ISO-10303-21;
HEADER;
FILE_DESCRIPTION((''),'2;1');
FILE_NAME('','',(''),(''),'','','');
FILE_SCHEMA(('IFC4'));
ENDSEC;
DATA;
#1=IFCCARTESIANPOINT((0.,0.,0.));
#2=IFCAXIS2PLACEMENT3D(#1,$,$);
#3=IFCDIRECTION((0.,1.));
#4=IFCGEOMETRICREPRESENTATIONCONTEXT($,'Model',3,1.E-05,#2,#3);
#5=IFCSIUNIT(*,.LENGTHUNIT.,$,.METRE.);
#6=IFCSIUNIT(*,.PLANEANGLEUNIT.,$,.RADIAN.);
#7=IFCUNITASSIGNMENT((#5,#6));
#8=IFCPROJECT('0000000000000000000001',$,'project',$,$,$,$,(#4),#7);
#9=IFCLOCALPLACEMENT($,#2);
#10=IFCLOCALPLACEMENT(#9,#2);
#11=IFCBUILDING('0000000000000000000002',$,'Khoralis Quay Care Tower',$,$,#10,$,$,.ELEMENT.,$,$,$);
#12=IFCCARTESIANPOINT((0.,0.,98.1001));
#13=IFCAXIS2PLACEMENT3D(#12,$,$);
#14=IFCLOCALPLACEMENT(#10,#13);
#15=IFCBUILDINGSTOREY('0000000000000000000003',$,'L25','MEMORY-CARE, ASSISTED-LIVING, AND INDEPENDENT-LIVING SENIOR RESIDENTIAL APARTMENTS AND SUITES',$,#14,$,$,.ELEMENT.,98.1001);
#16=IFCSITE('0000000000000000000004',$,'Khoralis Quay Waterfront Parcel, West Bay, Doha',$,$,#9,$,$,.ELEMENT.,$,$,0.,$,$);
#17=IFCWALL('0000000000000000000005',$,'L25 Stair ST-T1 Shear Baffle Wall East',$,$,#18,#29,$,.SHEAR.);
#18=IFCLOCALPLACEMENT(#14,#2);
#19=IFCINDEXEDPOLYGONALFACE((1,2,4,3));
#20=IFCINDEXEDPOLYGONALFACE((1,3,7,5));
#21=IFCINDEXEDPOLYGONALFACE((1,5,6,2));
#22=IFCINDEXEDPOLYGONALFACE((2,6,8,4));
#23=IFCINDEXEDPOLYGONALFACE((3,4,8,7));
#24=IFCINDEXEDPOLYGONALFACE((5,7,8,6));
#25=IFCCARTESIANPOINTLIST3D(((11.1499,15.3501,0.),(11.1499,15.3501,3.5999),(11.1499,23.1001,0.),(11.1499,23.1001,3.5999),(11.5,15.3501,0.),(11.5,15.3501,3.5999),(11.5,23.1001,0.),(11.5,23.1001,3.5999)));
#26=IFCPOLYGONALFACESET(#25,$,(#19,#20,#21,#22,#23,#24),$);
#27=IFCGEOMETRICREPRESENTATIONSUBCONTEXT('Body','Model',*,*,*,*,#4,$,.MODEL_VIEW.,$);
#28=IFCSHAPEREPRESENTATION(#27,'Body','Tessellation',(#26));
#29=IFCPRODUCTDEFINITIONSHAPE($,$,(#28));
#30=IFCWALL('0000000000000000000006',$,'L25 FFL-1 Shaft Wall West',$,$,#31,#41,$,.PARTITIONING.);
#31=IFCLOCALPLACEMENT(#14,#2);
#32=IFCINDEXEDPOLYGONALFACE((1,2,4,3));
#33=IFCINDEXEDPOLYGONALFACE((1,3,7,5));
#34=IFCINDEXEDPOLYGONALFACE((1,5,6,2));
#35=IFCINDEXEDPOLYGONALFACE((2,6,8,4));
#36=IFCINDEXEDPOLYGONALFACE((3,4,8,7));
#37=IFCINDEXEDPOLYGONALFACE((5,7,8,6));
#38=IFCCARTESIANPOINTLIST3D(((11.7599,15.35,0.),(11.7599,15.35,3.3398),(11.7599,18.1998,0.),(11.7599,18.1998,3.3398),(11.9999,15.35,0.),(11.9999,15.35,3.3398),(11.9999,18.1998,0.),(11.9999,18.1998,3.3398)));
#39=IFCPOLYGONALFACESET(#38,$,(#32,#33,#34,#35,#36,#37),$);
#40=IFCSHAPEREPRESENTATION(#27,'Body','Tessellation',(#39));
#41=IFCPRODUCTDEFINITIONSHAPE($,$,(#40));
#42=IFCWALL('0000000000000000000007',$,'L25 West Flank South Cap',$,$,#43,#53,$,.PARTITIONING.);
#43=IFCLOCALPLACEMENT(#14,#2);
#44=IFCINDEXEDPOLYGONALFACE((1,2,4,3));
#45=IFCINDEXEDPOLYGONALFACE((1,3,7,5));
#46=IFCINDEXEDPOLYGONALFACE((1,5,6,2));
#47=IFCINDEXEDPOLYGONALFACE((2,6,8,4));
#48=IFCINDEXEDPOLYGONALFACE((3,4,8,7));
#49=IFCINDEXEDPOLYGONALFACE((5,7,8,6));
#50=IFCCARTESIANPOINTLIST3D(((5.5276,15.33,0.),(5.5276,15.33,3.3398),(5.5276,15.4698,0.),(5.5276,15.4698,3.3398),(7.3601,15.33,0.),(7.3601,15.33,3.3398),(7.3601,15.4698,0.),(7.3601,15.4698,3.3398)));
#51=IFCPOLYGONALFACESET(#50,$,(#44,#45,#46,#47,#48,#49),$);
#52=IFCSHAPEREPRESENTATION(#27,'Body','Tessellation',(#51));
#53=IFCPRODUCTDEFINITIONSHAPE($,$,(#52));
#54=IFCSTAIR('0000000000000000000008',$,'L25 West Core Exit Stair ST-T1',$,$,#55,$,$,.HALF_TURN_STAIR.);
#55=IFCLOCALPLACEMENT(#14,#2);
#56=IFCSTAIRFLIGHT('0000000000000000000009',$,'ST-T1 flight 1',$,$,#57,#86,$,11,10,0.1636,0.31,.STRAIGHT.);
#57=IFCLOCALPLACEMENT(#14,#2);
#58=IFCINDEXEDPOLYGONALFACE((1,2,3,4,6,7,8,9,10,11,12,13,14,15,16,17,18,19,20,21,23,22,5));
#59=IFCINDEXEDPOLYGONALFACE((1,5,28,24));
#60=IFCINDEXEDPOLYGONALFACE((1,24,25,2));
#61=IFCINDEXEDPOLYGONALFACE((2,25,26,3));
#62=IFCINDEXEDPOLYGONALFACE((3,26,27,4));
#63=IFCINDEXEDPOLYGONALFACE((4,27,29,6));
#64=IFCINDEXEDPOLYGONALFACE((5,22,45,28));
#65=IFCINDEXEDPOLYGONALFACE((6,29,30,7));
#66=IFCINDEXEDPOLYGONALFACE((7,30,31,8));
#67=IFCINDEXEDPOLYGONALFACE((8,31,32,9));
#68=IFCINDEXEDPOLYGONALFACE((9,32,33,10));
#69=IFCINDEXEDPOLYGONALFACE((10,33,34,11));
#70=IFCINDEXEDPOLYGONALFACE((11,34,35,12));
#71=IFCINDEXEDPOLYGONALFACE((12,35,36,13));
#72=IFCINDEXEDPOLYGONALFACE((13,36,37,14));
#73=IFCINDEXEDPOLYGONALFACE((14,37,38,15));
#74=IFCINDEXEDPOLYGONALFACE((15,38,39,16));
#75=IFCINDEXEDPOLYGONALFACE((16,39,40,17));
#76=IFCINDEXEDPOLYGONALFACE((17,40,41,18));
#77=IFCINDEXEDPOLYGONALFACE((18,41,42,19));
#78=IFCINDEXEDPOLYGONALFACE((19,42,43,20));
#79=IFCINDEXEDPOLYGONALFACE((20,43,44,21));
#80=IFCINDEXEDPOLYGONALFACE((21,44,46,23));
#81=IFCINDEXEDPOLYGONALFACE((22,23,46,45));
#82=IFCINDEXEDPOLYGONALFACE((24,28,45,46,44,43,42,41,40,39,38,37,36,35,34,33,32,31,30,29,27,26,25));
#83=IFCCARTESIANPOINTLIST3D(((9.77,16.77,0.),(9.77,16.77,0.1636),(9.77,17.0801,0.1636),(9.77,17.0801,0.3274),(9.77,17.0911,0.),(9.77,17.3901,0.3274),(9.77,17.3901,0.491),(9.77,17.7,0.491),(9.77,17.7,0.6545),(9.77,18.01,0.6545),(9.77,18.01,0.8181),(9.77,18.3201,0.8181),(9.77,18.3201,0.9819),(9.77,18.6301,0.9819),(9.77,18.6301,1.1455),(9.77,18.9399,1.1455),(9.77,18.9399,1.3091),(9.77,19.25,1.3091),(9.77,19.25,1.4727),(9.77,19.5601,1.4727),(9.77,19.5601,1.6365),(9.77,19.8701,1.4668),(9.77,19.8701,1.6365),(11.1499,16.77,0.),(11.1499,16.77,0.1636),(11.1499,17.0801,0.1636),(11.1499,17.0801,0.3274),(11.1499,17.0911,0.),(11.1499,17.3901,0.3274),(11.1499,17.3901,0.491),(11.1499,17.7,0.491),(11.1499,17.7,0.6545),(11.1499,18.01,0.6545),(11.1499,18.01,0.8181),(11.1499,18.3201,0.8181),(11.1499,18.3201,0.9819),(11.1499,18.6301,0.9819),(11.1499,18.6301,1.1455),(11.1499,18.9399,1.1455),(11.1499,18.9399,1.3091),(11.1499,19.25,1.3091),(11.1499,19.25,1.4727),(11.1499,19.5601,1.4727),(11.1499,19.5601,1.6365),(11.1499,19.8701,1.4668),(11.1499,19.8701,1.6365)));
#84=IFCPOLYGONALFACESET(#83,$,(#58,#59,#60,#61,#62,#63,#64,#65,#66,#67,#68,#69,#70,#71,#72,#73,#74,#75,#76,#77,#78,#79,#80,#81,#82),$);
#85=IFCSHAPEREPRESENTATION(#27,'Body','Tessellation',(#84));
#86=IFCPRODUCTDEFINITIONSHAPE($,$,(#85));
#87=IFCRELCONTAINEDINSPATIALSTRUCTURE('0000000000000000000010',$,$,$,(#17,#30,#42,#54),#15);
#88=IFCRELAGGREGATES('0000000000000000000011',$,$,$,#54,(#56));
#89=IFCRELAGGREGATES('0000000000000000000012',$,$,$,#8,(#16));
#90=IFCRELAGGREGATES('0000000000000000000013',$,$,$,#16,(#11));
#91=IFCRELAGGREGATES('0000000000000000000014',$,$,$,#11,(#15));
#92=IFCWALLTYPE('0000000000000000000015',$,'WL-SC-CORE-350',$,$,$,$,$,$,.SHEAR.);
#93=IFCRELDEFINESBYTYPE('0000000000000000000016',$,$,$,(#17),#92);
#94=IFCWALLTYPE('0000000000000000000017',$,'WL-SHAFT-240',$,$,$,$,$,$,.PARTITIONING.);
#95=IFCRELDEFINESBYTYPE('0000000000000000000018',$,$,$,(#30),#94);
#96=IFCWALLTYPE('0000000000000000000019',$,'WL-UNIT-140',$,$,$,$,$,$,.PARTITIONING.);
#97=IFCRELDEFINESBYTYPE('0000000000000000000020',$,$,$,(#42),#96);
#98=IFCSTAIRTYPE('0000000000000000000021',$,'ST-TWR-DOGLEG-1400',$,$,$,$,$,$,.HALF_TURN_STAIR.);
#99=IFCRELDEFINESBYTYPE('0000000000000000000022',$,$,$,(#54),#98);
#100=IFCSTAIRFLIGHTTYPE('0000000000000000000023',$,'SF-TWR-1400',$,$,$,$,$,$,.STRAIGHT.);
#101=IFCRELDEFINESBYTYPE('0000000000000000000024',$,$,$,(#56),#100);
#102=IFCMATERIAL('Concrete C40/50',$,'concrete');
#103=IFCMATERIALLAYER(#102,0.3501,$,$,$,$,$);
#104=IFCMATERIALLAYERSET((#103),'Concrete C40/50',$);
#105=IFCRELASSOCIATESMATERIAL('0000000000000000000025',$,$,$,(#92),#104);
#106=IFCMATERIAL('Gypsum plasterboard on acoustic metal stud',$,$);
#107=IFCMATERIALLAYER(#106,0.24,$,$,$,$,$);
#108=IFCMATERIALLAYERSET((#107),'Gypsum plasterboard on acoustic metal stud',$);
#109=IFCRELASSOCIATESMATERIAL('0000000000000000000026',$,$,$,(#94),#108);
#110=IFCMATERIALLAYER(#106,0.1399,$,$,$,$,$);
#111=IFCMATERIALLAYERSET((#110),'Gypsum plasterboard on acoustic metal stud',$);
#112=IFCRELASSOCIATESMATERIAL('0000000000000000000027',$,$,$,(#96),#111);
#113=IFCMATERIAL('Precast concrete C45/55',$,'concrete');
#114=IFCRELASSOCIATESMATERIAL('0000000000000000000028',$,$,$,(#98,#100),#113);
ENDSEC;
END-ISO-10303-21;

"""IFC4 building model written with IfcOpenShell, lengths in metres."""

from ifc_helpers import new_model, si_unit, direction, frame, frame_2d, origin, place, context, subcontext, project, spatial, polyline, rectangle, outline, extrude, source, transform, mapped, material, layer, layer_set, type_object, element, aggregate, save


model = new_model("IFC4")

# Units and contexts
model_context = context("Model", 3, precision=1e-05, world=origin(), true_north=direction((0.0, 1.0)))
body_context = subcontext(model_context, "Body", "Model", "MODEL_VIEW")
ifc_project = project(units=[si_unit("LENGTHUNIT", "METRE"), si_unit("PLANEANGLEUNIT", "RADIAN")], contexts=[model_context])

# Site, building, storey
site_placement = place(None, origin())
site = spatial("IfcSite", under=ifc_project, at=site_placement, Name="Khoralis Quay Waterfront Parcel, West Bay, Doha", CompositionType="ELEMENT", RefElevation=0.0)
building_placement = place(site_placement, origin())
building = spatial("IfcBuilding", under=site, at=building_placement, Name="Khoralis Quay Care Tower", CompositionType="ELEMENT")
storey_placement = place(building_placement, frame((0.0, 0.0, 98.1001)))
storey = spatial("IfcBuildingStorey", under=building, at=storey_placement, Name="L25", Description="MEMORY-CARE, ASSISTED-LIVING, AND INDEPENDENT-LIVING SENIOR RESIDENTIAL APARTMENTS AND SUITES", CompositionType="ELEMENT", Elevation=98.1001)

# Shared definitions
ifc_material_1 = material(Name="Gypsum plasterboard on acoustic metal stud")

# Walls
ifc_material_2 = material(Name="Concrete C40/50", Category="concrete")
ifc_layer_1 = layer(ifc_material_2, 0.3501)
ifc_layer_set_1 = layer_set([ifc_layer_1], Name="Concrete C40/50")
wall_type_1 = type_object("IfcWallType", Name="WL-SC-CORE-350", PredefinedType="SHEAR", material=ifc_layer_set_1)
wall_1_placement = place(storey_placement, frame((11.325, 15.3501, 0.0), z_axis=(0.0, 0.0, 1.0), x_axis=(0.0, 1.0, 0.0)))
element("IfcWall", 1, at=wall_1_placement, inside=storey, type_object=wall_type_1, Name="L25 Stair ST-T1 Shear Baffle Wall East", PredefinedType="SHEAR", context=body_context, shape_type="SweptSolid", body=[
    extrude(rectangle(XDim=7.75, YDim=0.3501, at=frame_2d((3.875, 0.0))), origin(), (0.0, 0.0, 1.0), 3.5999),
])
ifc_layer_2 = layer(ifc_material_1, 0.24)
ifc_layer_set_2 = layer_set([ifc_layer_2], Name="Gypsum plasterboard on acoustic metal stud")
wall_type_2 = type_object("IfcWallType", Name="WL-SHAFT-240", PredefinedType="PARTITIONING", material=ifc_layer_set_2)
wall_2_placement = place(storey_placement, frame((11.8799, 15.3501, 0.0), z_axis=(0.0, 0.0, 1.0), x_axis=(0.0, 1.0, 0.0)))
element("IfcWall", 2, at=wall_2_placement, inside=storey, type_object=wall_type_2, Name="L25 FFL-1 Shaft Wall West", PredefinedType="PARTITIONING", context=body_context, shape_type="SweptSolid", body=[
    extrude(rectangle(XDim=2.8499, YDim=0.24, at=frame_2d((1.4248, 0.0))), origin(), (0.0, 0.0, 1.0), 3.3398),
])
ifc_layer_3 = layer(ifc_material_1, 0.1399)
ifc_layer_set_3 = layer_set([ifc_layer_3], Name="Gypsum plasterboard on acoustic metal stud")
wall_type_3 = type_object("IfcWallType", Name="WL-UNIT-140", PredefinedType="PARTITIONING", material=ifc_layer_set_3)
wall_3_placement = place(storey_placement, frame((5.5276, 15.3999, 0.0), z_axis=(0.0, 0.0, 1.0), x_axis=(1.0, 0.0, 0.0)))
element("IfcWall", 3, at=wall_3_placement, inside=storey, type_object=wall_type_3, Name="L25 West Flank South Cap", PredefinedType="PARTITIONING", context=body_context, shape_type="SweptSolid", body=[
    extrude(rectangle(XDim=1.8325, YDim=0.1399, at=frame_2d((0.9163, 0.0))), origin(), (0.0, 0.0, 1.0), 3.3398),
])

# Stair, stair flight
ifc_material_3 = material(Name="Precast concrete C45/55", Category="concrete")
stair_type = type_object("IfcStairType", Name="ST-TWR-DOGLEG-1400", PredefinedType="HALF_TURN_STAIR", material=ifc_material_3)
stair_placement = place(storey_placement, origin())
stair = element("IfcStair", 4, at=stair_placement, inside=storey, type_object=stair_type, Name="L25 West Core Exit Stair ST-T1", PredefinedType="HALF_TURN_STAIR")
stair_flight_type = type_object("IfcStairFlightType", Name="SF-TWR-1400", PredefinedType="STRAIGHT", material=ifc_material_3)
shared_shape_1 = source(origin(), body_context, "Body", "SweptSolid", [
    extrude(outline(polyline([(0.0, 0.0), (0.0, 0.1636), (0.3101, 0.1636), (0.3101, 0.3274), (0.6201, 0.3274), (0.6201, 0.491), (0.9299, 0.491), (0.9299, 0.6545), (1.24, 0.6545), (1.24, 0.8181), (1.55, 0.8181), (1.55, 0.9819), (1.8601, 0.9819), (1.8601, 1.1455), (2.1699, 1.1455), (2.1699, 1.3091), (2.48, 1.3091), (2.48, 1.4727), (2.79, 1.4727), (2.79, 1.6365), (3.1001, 1.6365), (3.1001, 1.8), (3.1001, 1.4668), (0.321, 0.0), (0.0, 0.0)])), frame((0.0, 0.6899, 0.0), z_axis=(0.0, -1.0, 0.0), x_axis=(1.0, 0.0, 0.0)), (0.0, 0.0, 1.0), 1.3799),
])
stair_flight_placement = place(storey_placement, frame((10.46, 16.77, 0.0), z_axis=(0.0, 0.0, 1.0), x_axis=(0.0, 1.0, 0.0)))
stair_flight = element("IfcStairFlight", 5, at=stair_flight_placement, type_object=stair_flight_type, Name="ST-T1 flight 1", NumberOfRisers=11, NumberOfTreads=10, PredefinedType="STRAIGHT", RiserHeight=0.1636, TreadLength=0.31, context=body_context, shape_type="MappedRepresentation", body=[
    mapped(shared_shape_1, transform((0.0, 0.0, 0.0), scale=1.0)),
])
aggregate(stair, [stair_flight])

save(model, "model.ifc")
